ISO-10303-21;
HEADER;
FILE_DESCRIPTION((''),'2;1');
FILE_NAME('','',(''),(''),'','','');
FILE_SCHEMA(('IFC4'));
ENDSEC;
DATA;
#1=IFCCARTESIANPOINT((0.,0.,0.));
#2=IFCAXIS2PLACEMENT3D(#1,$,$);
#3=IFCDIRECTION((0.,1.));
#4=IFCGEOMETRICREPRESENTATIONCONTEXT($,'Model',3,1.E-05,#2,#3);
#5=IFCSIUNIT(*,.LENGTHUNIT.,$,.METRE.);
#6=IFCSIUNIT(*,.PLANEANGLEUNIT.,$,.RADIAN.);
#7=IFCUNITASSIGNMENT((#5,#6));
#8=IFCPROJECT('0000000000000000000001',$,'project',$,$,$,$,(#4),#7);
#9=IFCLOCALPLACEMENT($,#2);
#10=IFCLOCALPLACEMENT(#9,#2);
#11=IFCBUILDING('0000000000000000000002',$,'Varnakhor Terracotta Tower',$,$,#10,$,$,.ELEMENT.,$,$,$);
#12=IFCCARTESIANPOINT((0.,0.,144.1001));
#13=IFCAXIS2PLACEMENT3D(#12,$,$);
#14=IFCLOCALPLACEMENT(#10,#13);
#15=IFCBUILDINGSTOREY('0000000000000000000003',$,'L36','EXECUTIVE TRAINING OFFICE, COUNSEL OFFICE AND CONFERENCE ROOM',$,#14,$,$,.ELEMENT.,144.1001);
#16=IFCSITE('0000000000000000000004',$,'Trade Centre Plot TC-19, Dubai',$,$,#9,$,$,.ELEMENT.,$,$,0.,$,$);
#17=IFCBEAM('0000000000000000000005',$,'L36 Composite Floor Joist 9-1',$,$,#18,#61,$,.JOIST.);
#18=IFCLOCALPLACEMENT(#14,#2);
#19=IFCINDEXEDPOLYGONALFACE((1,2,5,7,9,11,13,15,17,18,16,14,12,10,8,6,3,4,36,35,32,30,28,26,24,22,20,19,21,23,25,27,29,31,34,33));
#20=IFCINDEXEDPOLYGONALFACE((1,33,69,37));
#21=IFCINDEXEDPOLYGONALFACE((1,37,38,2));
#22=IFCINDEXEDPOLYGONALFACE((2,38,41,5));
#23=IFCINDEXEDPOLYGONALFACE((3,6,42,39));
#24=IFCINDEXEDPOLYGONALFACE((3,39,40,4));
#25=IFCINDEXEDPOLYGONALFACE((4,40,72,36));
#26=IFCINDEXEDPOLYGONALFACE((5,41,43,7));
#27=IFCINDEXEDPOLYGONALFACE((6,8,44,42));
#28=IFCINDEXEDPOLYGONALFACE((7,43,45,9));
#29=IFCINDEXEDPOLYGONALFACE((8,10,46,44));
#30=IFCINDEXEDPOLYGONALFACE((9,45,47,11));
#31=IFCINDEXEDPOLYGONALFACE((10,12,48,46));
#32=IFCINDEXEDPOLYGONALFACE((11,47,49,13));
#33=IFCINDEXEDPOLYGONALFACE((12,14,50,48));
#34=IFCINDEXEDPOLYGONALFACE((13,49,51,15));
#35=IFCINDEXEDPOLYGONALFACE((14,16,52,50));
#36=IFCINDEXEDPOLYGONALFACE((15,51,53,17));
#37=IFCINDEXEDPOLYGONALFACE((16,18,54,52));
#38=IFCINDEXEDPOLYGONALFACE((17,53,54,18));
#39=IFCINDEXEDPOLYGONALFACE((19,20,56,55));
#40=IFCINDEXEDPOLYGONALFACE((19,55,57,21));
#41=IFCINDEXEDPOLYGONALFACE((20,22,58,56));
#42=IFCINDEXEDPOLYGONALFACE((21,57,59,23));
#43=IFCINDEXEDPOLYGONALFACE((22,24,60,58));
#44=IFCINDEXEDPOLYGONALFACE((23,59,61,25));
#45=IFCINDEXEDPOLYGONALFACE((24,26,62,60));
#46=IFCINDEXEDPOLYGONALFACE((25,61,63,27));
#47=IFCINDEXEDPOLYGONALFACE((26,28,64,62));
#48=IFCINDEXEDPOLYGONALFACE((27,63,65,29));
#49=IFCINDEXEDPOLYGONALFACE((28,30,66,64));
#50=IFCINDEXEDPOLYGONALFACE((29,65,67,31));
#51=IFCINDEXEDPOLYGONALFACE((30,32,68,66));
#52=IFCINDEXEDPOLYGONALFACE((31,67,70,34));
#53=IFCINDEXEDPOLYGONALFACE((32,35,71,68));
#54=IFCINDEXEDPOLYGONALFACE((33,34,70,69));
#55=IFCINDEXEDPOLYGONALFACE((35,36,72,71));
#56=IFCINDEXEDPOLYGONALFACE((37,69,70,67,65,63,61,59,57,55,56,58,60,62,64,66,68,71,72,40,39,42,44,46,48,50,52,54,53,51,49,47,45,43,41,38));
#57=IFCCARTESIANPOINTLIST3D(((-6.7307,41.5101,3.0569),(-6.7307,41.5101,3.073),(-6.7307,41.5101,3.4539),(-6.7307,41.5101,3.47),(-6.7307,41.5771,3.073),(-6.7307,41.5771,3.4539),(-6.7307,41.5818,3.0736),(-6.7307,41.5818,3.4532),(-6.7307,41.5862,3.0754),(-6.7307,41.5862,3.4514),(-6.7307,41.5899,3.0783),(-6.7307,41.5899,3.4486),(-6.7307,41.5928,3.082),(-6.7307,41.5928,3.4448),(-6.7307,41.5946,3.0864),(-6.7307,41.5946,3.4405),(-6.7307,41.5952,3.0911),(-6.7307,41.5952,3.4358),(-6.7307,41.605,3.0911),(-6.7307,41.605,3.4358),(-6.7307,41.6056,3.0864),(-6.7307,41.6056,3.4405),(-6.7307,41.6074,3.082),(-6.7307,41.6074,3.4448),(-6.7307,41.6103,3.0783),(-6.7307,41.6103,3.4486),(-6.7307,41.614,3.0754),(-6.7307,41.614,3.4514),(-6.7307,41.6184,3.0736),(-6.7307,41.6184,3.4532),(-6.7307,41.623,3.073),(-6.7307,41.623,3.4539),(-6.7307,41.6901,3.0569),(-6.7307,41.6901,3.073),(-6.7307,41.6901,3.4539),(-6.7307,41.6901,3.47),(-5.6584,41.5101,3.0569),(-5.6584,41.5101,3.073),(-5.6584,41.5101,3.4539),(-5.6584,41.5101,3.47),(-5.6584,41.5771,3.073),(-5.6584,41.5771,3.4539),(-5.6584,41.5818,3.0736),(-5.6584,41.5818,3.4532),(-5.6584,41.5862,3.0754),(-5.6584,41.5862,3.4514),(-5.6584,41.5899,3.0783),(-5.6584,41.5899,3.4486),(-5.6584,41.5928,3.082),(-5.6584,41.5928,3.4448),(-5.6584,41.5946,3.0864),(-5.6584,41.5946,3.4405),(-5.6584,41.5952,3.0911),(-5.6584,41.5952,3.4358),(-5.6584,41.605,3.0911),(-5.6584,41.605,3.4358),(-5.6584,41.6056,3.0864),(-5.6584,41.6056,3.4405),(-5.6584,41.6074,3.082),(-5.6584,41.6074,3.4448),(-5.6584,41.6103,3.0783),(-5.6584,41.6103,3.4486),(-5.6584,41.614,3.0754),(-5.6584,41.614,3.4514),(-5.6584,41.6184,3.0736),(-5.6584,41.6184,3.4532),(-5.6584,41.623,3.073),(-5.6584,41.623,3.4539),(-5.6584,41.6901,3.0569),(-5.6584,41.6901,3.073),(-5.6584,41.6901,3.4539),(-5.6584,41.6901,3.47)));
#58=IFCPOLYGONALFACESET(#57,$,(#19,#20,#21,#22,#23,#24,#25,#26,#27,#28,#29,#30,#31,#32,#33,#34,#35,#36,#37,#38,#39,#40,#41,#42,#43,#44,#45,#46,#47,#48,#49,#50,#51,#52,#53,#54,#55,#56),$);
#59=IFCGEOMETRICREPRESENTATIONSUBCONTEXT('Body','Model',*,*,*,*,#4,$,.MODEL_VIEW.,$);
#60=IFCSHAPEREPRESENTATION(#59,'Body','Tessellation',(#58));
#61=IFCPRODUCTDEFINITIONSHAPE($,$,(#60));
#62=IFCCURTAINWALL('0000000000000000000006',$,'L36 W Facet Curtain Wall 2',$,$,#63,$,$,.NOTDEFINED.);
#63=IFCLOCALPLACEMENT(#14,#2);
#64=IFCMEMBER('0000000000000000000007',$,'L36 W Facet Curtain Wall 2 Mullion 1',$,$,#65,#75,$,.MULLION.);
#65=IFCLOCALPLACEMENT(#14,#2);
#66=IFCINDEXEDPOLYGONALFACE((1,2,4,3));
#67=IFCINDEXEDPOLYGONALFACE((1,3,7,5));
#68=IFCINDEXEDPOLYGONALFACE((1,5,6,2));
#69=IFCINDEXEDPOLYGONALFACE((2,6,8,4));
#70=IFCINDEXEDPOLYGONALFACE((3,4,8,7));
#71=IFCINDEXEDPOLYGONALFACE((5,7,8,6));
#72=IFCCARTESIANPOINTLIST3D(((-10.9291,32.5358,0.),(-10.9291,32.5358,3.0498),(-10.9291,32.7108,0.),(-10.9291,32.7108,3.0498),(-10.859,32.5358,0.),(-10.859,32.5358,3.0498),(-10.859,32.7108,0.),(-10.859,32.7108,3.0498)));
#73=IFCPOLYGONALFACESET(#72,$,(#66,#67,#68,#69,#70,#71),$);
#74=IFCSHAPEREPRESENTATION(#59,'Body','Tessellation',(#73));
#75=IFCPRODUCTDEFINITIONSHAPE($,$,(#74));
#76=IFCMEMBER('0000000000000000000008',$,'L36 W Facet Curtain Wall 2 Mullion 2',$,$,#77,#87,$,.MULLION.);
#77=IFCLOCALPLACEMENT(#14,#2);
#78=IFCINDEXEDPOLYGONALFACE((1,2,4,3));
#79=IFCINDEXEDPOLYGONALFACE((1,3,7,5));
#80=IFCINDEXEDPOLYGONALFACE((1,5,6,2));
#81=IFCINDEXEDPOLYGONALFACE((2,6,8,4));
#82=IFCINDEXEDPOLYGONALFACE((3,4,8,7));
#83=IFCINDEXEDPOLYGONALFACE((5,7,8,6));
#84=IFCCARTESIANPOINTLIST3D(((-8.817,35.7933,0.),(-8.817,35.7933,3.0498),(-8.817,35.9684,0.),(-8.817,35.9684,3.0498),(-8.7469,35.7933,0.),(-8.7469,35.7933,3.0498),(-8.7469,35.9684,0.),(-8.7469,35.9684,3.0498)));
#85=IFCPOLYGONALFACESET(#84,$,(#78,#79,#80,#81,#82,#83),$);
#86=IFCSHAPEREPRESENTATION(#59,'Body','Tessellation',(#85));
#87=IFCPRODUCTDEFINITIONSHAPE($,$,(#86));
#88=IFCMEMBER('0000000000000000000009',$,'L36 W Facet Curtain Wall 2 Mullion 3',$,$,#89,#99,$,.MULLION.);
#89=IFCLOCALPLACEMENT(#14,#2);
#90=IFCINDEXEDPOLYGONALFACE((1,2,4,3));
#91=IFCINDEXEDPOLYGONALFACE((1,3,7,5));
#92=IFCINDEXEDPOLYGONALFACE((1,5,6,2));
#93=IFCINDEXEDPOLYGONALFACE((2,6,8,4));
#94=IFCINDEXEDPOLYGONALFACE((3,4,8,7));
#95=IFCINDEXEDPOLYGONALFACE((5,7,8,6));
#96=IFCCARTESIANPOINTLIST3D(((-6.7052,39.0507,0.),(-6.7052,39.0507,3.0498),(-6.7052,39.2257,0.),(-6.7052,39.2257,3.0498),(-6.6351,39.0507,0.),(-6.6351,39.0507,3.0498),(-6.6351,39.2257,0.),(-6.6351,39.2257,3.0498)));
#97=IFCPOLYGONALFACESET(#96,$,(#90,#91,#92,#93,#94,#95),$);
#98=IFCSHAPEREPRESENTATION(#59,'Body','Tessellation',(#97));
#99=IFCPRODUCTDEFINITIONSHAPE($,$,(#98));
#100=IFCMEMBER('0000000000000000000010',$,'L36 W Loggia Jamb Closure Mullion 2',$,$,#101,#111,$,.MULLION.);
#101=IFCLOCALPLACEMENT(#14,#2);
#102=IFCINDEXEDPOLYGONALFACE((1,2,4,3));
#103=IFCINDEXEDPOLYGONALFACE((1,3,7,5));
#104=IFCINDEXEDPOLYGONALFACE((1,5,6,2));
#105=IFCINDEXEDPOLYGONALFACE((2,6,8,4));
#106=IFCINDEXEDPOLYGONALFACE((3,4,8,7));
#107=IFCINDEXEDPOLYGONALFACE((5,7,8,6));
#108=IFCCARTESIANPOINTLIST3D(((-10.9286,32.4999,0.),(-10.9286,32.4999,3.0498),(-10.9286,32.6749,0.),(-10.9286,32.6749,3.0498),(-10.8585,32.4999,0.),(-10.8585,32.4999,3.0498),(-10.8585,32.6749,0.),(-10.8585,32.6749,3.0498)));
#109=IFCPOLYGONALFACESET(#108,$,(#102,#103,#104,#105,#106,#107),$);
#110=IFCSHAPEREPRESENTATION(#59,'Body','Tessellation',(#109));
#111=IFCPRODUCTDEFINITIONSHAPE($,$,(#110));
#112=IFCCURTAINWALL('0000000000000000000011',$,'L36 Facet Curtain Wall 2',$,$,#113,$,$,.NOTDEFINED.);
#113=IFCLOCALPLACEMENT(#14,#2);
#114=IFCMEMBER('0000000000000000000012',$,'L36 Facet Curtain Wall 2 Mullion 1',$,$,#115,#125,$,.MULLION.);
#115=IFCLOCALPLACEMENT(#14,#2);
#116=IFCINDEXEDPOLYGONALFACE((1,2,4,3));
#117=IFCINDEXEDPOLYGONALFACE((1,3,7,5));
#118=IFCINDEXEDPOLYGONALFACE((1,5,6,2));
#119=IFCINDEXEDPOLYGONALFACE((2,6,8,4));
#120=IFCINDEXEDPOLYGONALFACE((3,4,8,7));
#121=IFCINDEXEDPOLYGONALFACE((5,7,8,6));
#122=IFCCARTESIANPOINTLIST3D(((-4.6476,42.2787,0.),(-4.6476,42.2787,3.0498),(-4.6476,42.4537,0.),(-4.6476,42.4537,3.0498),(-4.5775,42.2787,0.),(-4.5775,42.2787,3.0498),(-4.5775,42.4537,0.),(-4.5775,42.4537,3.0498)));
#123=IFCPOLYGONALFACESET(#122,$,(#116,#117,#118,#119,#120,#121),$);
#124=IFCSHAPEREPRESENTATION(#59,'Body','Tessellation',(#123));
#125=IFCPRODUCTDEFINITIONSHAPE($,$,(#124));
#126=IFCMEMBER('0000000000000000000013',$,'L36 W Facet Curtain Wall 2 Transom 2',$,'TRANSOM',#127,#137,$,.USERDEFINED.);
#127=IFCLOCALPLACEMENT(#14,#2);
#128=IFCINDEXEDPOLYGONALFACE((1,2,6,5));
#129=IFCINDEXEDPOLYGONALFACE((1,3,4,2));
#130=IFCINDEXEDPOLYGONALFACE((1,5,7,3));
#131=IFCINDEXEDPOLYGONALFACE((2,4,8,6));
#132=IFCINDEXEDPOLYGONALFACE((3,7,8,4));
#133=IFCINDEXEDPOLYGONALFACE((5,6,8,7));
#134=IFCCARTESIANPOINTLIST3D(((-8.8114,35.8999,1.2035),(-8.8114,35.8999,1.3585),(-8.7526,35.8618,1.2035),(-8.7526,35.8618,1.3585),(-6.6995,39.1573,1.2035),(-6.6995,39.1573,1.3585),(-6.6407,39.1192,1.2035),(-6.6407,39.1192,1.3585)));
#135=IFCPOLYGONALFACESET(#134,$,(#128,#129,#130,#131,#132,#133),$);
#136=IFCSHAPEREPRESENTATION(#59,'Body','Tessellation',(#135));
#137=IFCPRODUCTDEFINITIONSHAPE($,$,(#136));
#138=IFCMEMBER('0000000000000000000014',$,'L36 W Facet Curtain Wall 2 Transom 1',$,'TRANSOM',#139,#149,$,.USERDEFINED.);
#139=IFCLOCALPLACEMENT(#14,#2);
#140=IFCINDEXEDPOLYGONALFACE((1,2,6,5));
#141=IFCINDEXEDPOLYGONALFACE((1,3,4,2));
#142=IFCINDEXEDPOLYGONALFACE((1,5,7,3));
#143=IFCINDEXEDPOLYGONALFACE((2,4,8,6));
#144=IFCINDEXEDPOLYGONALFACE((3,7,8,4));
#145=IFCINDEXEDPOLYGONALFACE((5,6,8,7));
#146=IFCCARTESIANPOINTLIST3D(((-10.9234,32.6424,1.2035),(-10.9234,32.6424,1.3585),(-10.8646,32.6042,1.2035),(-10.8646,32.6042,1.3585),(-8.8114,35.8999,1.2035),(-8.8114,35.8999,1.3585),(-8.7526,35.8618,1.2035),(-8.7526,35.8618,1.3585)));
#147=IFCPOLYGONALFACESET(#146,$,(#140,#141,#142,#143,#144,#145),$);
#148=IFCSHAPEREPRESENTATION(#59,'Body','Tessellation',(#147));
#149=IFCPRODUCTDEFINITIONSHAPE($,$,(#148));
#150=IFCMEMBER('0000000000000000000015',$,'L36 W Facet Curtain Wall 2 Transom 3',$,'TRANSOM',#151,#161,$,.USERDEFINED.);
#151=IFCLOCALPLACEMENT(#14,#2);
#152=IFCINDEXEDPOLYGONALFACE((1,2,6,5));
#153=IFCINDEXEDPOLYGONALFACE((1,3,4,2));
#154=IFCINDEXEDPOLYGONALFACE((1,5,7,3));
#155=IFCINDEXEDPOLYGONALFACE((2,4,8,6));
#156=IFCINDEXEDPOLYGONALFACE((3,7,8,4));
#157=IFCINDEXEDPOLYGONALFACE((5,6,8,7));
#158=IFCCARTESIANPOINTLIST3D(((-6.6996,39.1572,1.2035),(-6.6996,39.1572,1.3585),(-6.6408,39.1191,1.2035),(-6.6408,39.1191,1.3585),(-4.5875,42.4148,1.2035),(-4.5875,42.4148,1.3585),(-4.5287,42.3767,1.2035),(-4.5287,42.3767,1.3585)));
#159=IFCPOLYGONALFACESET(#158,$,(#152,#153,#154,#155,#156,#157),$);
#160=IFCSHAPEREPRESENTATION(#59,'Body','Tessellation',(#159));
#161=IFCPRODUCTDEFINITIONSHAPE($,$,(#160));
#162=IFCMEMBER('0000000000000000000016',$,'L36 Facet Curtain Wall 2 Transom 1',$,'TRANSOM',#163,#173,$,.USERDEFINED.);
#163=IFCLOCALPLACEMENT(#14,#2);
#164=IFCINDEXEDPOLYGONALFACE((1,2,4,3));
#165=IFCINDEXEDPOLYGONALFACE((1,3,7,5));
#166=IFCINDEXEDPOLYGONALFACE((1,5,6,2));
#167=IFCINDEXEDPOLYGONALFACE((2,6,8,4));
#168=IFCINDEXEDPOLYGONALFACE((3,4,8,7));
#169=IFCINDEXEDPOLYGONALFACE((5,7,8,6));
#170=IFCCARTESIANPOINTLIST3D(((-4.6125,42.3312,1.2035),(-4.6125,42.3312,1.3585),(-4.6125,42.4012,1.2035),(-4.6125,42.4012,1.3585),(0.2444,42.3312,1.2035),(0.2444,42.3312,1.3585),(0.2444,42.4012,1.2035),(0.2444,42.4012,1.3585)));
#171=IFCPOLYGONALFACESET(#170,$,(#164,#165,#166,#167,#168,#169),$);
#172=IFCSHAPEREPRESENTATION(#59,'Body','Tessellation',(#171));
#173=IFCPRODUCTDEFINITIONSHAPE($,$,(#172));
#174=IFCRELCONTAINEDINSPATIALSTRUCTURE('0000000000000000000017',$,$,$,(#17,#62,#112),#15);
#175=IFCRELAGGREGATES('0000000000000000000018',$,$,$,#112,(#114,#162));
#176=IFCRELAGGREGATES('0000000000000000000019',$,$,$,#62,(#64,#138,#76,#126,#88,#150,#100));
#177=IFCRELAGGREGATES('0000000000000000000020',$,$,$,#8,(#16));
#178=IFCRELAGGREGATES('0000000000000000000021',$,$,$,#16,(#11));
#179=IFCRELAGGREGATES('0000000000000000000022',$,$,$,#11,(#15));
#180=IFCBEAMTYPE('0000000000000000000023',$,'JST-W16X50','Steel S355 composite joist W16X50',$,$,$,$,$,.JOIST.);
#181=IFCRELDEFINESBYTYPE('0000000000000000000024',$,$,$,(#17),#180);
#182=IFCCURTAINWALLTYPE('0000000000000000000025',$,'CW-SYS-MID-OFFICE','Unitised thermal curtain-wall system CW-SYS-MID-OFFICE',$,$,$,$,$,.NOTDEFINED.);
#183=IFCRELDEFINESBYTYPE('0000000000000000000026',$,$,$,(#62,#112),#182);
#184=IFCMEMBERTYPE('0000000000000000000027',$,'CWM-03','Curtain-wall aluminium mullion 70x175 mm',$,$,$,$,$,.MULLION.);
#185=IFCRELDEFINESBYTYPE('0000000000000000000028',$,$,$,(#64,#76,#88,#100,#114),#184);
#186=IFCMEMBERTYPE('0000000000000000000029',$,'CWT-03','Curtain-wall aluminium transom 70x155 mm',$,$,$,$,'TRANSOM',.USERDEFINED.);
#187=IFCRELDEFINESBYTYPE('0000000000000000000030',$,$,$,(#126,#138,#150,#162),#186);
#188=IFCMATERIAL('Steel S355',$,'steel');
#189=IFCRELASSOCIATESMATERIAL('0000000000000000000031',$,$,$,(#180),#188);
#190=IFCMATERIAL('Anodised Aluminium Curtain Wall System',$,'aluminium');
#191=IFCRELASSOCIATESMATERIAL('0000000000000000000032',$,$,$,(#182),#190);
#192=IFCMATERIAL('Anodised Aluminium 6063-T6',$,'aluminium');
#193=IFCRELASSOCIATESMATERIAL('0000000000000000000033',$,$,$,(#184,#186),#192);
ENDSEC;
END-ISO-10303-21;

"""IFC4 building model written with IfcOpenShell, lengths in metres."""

from ifc_helpers import new_model, si_unit, direction, frame, origin, origin_2d, place, context, subcontext, project, spatial, rectangle, i_section, extrude, source, transform, mapped, material, material_profile, profile_set, type_object, type_shapes, element, aggregate, save


model = new_model("IFC4")

# Units and contexts
model_context = context("Model", 3, precision=1e-05, world=origin(), true_north=direction((0.0, 1.0)))
body_context = subcontext(model_context, "Body", "Model", "MODEL_VIEW")
ifc_project = project(units=[si_unit("LENGTHUNIT", "METRE"), si_unit("PLANEANGLEUNIT", "RADIAN")], contexts=[model_context])

# Site, building, storey
site_placement = place(None, origin())
site = spatial("IfcSite", under=ifc_project, at=site_placement, Name="Trade Centre Plot TC-19, Dubai", CompositionType="ELEMENT", RefElevation=0.0)
building_placement = place(site_placement, origin())
building = spatial("IfcBuilding", under=site, at=building_placement, Name="Varnakhor Terracotta Tower", CompositionType="ELEMENT")
storey_placement = place(building_placement, frame((0.0, 0.0, 144.1001)))
storey = spatial("IfcBuildingStorey", under=building, at=storey_placement, Name="L36", Description="EXECUTIVE TRAINING OFFICE, COUNSEL OFFICE AND CONFERENCE ROOM", CompositionType="ELEMENT", Elevation=144.1001)

# Beam
ifc_material_1 = material(Name="Steel S355", Category="steel")
ifc_material_profile_1 = material_profile(ifc_material_1, i_section(OverallWidth=0.1799, OverallDepth=0.4131, WebThickness=0.0098, FlangeThickness=0.0161, FilletRadius=0.0181, at=origin_2d()), Name="W16X50")
ifc_profile_set_1 = profile_set([ifc_material_profile_1], Name="Steel S355")
beam_type_1 = type_object("IfcBeamType", Name="JST-W16X50", Description="Steel S355 composite joist W16X50", PredefinedType="JOIST", material=ifc_profile_set_1)
shared_shape_1 = source(origin(), body_context, "Body", "SweptSolid", [
    extrude(i_section(OverallWidth=0.1799, OverallDepth=0.4131, WebThickness=0.0098, FlangeThickness=0.0161, FilletRadius=0.0181, at=origin_2d()), origin(), (0.0, 0.0, 1.0), 1.0723),
])
beam_1_placement = place(storey_placement, frame((-6.7307, 41.6001, 3.2634), z_axis=(1.0, 0.0, 0.0), x_axis=(0.0, 1.0, 0.0)))
element("IfcBeam", 1, at=beam_1_placement, inside=storey, type_object=beam_type_1, Name="L36 Composite Floor Joist 9-1", PredefinedType="JOIST", context=body_context, shape_type="MappedRepresentation", body=[
    mapped(shared_shape_1, transform((0.0, 0.0, 0.0), scale=1.0)),
])

# Curtain wall, members
ifc_material_2 = material(Name="Anodised Aluminium Curtain Wall System", Category="aluminium")
curtain_wall_type = type_object("IfcCurtainWallType", Name="CW-SYS-MID-OFFICE", Description="Unitised thermal curtain-wall system CW-SYS-MID-OFFICE", PredefinedType="NOTDEFINED", material=ifc_material_2)
curtain_wall_1_placement = place(storey_placement, origin())
curtain_wall_1 = element("IfcCurtainWall", 2, at=curtain_wall_1_placement, inside=storey, type_object=curtain_wall_type, Name="L36 W Facet Curtain Wall 2", PredefinedType="NOTDEFINED")
ifc_material_3 = material(Name="Anodised Aluminium 6063-T6", Category="aluminium")
ifc_material_profile_2 = material_profile(ifc_material_3, rectangle(XDim=0.0701, YDim=0.175, at=origin_2d()), Name="ALU MULLION 70x175")
ifc_profile_set_2 = profile_set([ifc_material_profile_2], Name="Anodised Aluminium 6063-T6")
member_type_1 = type_object("IfcMemberType", Name="CWM-03", Description="Curtain-wall aluminium mullion 70x175 mm", PredefinedType="MULLION", material=ifc_profile_set_2)
shared_shape_2 = source(origin(), body_context, "Body", "SweptSolid", [
    extrude(rectangle(XDim=0.0701, YDim=0.175, at=origin_2d()), origin(), (0.0, 0.0, 1.0), 3.0498),
])
type_shapes(member_type_1, [shared_shape_2])
member_1_placement = place(storey_placement, frame((-10.894, 32.6233, 0.0), z_axis=(0.0, 0.0, 1.0), x_axis=(1.0, 0.0, 0.0)))
member_1 = element("IfcMember", 3, at=member_1_placement, type_object=member_type_1, Name="L36 W Facet Curtain Wall 2 Mullion 1", PredefinedType="MULLION", context=body_context, shape_type="MappedRepresentation", body=[
    mapped(shared_shape_2, transform((0.0, 0.0, 0.0), scale=1.0)),
])
member_2_placement = place(storey_placement, frame((-8.782, 35.8809, 0.0), z_axis=(0.0, 0.0, 1.0), x_axis=(1.0, 0.0, 0.0)))
member_2 = element("IfcMember", 4, at=member_2_placement, type_object=member_type_1, Name="L36 W Facet Curtain Wall 2 Mullion 2", PredefinedType="MULLION", context=body_context, shape_type="MappedRepresentation", body=[
    mapped(shared_shape_2, transform((0.0, 0.0, 0.0), scale=1.0)),
])
member_3_placement = place(storey_placement, frame((-6.6702, 39.1382, 0.0), z_axis=(0.0, 0.0, 1.0), x_axis=(1.0, 0.0, 0.0)))
member_3 = element("IfcMember", 5, at=member_3_placement, type_object=member_type_1, Name="L36 W Facet Curtain Wall 2 Mullion 3", PredefinedType="MULLION", context=body_context, shape_type="MappedRepresentation", body=[
    mapped(shared_shape_2, transform((0.0, 0.0, 0.0), scale=1.0)),
])
member_4_placement = place(storey_placement, frame((-10.8936, 32.5874, 0.0), z_axis=(0.0, 0.0, 1.0), x_axis=(1.0, 0.0, 0.0)))
member_4 = element("IfcMember", 6, at=member_4_placement, type_object=member_type_1, Name="L36 W Loggia Jamb Closure Mullion 2", PredefinedType="MULLION", context=body_context, shape_type="MappedRepresentation", body=[
    mapped(shared_shape_2, transform((0.0, 0.0, 0.0), scale=1.0)),
])

# Curtain wall, member
curtain_wall_2_placement = place(storey_placement, origin())
curtain_wall_2 = element("IfcCurtainWall", 7, at=curtain_wall_2_placement, inside=storey, type_object=curtain_wall_type, Name="L36 Facet Curtain Wall 2", PredefinedType="NOTDEFINED")
member_5_placement = place(storey_placement, frame((-4.6125, 42.3662, 0.0), z_axis=(0.0, 0.0, 1.0), x_axis=(1.0, 0.0, 0.0)))
member_5 = element("IfcMember", 8, at=member_5_placement, type_object=member_type_1, Name="L36 Facet Curtain Wall 2 Mullion 1", PredefinedType="MULLION", context=body_context, shape_type="MappedRepresentation", body=[
    mapped(shared_shape_2, transform((0.0, 0.0, 0.0), scale=1.0)),
])

# Members
ifc_material_profile_3 = material_profile(ifc_material_3, rectangle(XDim=0.0701, YDim=0.155, at=origin_2d()), Name="ALU TRANSOM 70x155")
ifc_profile_set_3 = profile_set([ifc_material_profile_3], Name="Anodised Aluminium 6063-T6")
member_type_2 = type_object("IfcMemberType", Name="CWT-03", Description="Curtain-wall aluminium transom 70x155 mm", ElementType="TRANSOM", PredefinedType="USERDEFINED", material=ifc_profile_set_3)
shared_shape_3 = source(origin(), body_context, "Body", "SweptSolid", [
    extrude(rectangle(XDim=0.0701, YDim=0.155, at=origin_2d()), origin(), (0.0, 0.0, 1.0), 3.8821),
])
member_6_placement = place(storey_placement, frame((-8.782, 35.8809, 1.281), z_axis=(0.544002, 0.839084, 0.0), x_axis=(-0.839084, 0.544002, 0.0)))
member_6 = element("IfcMember", 9, at=member_6_placement, type_object=member_type_2, Name="L36 W Facet Curtain Wall 2 Transom 2", ObjectType="TRANSOM", PredefinedType="USERDEFINED", context=body_context, shape_type="MappedRepresentation", body=[
    mapped(shared_shape_3, transform((0.0, 0.0, 0.0), scale=1.0)),
])
shared_shape_4 = source(origin(), body_context, "Body", "SweptSolid", [
    extrude(rectangle(XDim=0.0701, YDim=0.155, at=origin_2d()), origin(), (0.0, 0.0, 1.0), 3.8823),
])
member_7_placement = place(storey_placement, frame((-10.894, 32.6233, 1.281), z_axis=(0.544018, 0.839074, 0.0), x_axis=(-0.839074, 0.544018, 0.0)))
member_7 = element("IfcMember", 10, at=member_7_placement, type_object=member_type_2, Name="L36 W Facet Curtain Wall 2 Transom 1", ObjectType="TRANSOM", PredefinedType="USERDEFINED", context=body_context, shape_type="MappedRepresentation", body=[
    mapped(shared_shape_4, transform((0.0, 0.0, 0.0), scale=1.0)),
])
member_8_placement = place(storey_placement, frame((-6.6702, 39.1382, 1.281), z_axis=(0.544018, 0.839074, 0.0), x_axis=(-0.839074, 0.544018, 0.0)))
member_8 = element("IfcMember", 11, at=member_8_placement, type_object=member_type_2, Name="L36 W Facet Curtain Wall 2 Transom 3", ObjectType="TRANSOM", PredefinedType="USERDEFINED", context=body_context, shape_type="MappedRepresentation", body=[
    mapped(shared_shape_4, transform((0.0, 0.0, 0.0), scale=1.0)),
])
shared_shape_5 = source(origin(), body_context, "Body", "SweptSolid", [
    extrude(rectangle(XDim=0.0701, YDim=0.155, at=origin_2d()), origin(), (0.0, 0.0, 1.0), 4.8569),
])
member_9_placement = place(storey_placement, frame((-4.6125, 42.3662, 1.281), z_axis=(1.0, 0.0, 0.0), x_axis=(0.0, 1.0, 0.0)))
member_9 = element("IfcMember", 12, at=member_9_placement, type_object=member_type_2, Name="L36 Facet Curtain Wall 2 Transom 1", ObjectType="TRANSOM", PredefinedType="USERDEFINED", context=body_context, shape_type="MappedRepresentation", body=[
    mapped(shared_shape_5, transform((0.0, 0.0, 0.0), scale=1.0)),
])
aggregate(curtain_wall_2, [member_5, member_9])

aggregate(curtain_wall_1, [member_1, member_7, member_2, member_6, member_3, member_8, member_4])

save(model, "model.ifc")
